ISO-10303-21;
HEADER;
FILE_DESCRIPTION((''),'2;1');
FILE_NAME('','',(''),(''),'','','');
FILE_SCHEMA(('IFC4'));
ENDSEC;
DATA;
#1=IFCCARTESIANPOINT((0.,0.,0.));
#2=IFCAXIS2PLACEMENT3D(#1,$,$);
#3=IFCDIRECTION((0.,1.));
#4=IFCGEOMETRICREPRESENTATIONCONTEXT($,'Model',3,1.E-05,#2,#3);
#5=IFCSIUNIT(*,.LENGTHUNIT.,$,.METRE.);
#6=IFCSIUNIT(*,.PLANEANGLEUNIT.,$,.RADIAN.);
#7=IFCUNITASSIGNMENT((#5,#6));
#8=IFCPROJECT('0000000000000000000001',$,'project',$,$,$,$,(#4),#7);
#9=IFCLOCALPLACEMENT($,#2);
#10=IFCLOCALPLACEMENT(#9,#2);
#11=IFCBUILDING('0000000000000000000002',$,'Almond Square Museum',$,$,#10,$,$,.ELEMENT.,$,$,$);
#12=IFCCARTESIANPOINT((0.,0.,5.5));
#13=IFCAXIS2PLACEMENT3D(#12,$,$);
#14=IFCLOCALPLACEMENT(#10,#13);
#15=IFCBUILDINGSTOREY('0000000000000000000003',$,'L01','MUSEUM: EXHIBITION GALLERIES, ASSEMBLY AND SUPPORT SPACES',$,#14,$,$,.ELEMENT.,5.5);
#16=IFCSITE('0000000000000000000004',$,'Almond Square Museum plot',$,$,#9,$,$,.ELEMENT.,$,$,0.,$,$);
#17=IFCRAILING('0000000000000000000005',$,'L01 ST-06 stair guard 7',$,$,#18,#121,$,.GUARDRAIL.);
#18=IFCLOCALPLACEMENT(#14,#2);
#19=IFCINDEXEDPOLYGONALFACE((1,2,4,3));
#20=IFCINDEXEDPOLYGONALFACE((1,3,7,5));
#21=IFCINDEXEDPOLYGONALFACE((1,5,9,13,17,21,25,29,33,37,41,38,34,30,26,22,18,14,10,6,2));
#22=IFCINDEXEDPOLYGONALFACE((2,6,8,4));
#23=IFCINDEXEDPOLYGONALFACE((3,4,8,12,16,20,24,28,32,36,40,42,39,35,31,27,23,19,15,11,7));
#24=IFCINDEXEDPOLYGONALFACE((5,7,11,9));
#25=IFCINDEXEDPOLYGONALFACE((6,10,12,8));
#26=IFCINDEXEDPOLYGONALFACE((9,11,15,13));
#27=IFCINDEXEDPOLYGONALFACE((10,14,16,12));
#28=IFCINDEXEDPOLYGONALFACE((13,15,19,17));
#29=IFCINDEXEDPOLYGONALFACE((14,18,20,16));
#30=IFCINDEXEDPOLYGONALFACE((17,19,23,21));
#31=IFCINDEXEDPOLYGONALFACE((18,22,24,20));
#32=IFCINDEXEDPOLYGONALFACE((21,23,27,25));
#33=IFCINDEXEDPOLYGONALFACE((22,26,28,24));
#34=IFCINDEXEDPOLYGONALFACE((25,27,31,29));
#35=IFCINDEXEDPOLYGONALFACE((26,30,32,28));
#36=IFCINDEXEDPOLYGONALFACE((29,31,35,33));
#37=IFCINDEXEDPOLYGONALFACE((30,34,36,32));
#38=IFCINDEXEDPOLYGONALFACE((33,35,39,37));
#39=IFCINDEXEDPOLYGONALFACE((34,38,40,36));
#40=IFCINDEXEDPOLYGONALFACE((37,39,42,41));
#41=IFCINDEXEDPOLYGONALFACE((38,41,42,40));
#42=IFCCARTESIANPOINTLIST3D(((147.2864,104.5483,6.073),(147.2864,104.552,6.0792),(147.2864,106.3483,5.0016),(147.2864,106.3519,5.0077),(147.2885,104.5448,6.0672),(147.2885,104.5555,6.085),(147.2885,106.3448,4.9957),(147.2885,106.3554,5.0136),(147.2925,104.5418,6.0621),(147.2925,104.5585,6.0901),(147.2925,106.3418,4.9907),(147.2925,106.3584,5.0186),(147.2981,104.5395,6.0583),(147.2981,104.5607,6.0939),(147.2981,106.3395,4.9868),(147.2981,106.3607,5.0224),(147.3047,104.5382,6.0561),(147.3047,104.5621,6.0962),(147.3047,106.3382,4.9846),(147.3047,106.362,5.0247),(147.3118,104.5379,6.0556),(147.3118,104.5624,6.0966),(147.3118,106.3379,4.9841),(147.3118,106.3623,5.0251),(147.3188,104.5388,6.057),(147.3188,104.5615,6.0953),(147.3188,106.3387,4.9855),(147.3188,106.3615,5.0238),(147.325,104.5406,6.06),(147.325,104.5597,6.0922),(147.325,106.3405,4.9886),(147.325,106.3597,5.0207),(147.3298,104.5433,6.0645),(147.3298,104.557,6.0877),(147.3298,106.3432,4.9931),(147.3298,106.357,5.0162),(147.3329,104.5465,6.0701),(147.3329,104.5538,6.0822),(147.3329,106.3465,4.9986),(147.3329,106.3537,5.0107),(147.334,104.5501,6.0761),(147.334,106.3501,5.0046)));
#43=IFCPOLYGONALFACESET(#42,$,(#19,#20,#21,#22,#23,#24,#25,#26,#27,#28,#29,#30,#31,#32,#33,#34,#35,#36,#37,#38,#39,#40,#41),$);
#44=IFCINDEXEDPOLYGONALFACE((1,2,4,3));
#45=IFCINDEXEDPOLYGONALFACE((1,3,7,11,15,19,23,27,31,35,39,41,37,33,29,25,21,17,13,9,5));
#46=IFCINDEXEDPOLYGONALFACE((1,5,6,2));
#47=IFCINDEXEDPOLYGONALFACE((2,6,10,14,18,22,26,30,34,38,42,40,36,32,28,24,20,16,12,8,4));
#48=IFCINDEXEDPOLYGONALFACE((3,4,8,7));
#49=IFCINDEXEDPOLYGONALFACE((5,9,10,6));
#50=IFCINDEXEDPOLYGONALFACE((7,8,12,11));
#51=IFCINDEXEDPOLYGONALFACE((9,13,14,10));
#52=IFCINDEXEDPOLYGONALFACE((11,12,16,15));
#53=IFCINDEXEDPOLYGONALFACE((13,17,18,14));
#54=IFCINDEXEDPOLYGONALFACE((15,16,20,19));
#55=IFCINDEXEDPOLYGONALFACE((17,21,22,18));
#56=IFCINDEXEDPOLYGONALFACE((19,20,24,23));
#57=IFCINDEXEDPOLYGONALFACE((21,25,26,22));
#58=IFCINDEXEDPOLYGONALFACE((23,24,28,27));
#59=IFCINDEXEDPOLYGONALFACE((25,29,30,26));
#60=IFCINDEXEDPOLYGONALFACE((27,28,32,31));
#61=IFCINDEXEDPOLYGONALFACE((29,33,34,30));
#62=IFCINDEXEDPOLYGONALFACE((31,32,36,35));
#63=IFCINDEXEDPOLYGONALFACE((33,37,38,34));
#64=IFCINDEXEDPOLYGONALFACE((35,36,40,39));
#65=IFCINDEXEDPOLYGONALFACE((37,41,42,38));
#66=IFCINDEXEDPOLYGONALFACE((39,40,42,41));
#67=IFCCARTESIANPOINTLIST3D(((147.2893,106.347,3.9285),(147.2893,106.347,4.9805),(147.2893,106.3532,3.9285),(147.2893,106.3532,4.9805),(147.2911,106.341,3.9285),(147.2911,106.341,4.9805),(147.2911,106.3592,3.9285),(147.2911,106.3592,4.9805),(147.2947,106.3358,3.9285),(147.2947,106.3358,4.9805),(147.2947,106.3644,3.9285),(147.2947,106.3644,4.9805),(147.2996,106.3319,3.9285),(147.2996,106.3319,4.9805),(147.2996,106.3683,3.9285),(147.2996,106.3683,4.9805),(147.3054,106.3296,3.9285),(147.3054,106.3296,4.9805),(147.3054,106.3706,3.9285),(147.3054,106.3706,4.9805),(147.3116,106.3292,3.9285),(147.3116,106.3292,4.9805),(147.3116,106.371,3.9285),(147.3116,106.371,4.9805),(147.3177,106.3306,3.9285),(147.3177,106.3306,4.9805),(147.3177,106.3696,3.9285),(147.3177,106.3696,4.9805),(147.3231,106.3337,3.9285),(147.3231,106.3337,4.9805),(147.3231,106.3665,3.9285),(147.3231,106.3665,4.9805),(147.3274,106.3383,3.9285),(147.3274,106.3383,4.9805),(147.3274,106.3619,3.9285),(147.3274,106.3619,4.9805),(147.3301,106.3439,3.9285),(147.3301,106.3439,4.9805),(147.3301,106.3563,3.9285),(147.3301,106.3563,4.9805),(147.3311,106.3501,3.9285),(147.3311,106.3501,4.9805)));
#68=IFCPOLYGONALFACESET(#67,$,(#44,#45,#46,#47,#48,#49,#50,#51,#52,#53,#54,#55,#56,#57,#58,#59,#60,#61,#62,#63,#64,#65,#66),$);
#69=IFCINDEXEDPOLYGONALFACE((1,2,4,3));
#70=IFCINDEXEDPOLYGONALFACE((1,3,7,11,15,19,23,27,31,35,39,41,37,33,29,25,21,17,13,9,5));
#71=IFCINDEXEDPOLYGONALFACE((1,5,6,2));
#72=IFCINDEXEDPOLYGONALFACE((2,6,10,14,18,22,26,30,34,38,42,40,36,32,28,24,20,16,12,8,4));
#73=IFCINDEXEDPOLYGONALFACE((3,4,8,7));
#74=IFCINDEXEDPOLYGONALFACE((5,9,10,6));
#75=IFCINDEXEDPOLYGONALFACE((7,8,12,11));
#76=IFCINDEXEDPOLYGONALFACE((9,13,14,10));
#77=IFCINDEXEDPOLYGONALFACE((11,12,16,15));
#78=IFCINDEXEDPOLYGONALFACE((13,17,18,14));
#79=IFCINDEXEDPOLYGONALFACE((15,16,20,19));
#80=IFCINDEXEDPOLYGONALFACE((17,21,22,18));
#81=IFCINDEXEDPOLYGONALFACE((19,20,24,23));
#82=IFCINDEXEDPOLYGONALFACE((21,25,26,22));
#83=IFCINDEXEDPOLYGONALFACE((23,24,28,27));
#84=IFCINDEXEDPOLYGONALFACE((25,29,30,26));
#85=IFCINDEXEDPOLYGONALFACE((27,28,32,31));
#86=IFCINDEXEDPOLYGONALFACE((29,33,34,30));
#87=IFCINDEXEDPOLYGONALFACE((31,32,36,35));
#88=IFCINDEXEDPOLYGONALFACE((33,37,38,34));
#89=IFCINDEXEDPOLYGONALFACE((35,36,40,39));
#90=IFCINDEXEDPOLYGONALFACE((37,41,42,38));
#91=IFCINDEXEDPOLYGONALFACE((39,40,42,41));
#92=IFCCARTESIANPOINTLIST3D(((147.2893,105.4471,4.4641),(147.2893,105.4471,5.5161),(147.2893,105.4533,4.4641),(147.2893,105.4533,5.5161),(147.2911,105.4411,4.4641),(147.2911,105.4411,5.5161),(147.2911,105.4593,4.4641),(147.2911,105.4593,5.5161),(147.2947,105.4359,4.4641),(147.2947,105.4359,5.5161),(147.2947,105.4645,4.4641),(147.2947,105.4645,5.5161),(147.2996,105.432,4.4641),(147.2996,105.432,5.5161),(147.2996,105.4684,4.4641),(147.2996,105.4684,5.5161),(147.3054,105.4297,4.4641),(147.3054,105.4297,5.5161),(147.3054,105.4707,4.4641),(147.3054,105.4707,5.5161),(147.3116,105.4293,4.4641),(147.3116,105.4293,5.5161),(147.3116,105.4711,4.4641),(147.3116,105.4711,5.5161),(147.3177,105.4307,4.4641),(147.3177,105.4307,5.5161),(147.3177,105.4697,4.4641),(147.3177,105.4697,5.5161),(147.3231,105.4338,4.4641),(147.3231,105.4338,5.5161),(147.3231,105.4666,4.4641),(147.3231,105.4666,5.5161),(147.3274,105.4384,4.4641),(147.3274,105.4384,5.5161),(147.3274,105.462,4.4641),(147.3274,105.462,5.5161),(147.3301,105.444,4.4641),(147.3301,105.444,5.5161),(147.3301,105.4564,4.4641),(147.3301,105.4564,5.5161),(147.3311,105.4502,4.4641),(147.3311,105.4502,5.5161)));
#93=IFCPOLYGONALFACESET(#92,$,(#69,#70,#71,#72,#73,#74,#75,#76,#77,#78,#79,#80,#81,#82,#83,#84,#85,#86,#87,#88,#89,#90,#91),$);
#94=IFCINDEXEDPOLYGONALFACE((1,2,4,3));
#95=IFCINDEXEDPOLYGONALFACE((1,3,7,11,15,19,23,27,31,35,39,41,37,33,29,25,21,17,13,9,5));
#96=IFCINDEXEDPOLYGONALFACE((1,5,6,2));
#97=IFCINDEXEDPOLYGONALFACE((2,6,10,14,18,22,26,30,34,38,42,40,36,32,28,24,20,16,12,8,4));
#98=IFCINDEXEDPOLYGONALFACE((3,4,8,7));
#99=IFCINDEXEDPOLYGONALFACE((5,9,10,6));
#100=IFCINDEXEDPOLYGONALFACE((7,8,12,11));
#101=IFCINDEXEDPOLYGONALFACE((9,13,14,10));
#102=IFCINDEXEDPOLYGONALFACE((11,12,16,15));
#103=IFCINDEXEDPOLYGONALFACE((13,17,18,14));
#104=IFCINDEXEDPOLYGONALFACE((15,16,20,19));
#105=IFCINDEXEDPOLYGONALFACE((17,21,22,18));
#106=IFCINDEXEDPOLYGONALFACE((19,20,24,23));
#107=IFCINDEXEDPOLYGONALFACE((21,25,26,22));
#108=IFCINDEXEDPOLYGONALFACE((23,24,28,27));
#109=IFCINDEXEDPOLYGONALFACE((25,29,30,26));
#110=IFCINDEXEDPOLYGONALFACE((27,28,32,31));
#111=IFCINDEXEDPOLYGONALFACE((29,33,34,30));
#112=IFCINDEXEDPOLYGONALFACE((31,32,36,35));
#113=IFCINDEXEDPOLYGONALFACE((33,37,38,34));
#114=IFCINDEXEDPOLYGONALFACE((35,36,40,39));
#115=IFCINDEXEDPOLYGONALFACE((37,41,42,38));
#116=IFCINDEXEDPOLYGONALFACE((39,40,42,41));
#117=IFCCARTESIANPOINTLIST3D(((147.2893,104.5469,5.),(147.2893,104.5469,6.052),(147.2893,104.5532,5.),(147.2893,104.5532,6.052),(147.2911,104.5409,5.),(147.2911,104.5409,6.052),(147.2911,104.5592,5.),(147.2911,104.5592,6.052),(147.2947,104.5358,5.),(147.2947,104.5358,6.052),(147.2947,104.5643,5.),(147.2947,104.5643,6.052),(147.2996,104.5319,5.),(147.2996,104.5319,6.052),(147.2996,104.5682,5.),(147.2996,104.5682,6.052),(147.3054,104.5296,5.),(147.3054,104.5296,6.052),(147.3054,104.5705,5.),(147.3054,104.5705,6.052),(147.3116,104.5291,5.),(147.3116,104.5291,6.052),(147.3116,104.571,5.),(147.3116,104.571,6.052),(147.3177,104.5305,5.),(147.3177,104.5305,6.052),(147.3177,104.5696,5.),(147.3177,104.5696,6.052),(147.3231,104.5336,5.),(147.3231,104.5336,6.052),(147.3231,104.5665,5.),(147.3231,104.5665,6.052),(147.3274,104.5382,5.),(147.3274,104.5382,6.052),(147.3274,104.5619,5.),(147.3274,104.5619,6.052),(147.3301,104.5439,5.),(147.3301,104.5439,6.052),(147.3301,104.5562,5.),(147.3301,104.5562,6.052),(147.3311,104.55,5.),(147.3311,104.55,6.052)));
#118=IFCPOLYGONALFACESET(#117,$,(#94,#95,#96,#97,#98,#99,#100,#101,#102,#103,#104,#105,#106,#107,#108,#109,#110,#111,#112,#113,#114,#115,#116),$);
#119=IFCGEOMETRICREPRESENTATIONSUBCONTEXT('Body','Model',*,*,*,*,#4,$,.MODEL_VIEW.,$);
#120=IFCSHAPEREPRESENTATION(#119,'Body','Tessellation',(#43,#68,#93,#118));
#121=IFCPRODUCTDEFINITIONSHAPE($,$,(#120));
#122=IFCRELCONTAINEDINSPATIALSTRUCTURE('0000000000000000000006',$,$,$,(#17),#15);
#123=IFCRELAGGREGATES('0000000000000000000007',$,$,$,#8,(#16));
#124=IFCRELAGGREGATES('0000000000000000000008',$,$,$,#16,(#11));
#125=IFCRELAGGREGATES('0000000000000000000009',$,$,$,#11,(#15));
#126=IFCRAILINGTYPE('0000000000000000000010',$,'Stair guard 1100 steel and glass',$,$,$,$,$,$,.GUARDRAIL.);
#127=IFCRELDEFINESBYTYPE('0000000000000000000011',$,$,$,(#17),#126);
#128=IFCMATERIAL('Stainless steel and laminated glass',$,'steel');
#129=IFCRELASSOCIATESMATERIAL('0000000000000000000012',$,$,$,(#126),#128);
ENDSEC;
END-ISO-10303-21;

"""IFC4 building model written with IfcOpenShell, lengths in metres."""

from ifc_helpers import new_model, si_unit, direction, frame, origin, origin_2d, place, context, subcontext, project, spatial, circle, extrude, material, type_object, element, save


model = new_model("IFC4")

# Units and contexts
model_context = context("Model", 3, precision=1e-05, world=origin(), true_north=direction((0.0, 1.0)))
body_context = subcontext(model_context, "Body", "Model", "MODEL_VIEW")
ifc_project = project(units=[si_unit("LENGTHUNIT", "METRE"), si_unit("PLANEANGLEUNIT", "RADIAN")], contexts=[model_context])

# Site, building, storey
site_placement = place(None, origin())
site = spatial("IfcSite", under=ifc_project, at=site_placement, Name="Almond Square Museum plot", CompositionType="ELEMENT", RefElevation=0.0)
building_placement = place(site_placement, origin())
building = spatial("IfcBuilding", under=site, at=building_placement, Name="Almond Square Museum", CompositionType="ELEMENT")
storey_placement = place(building_placement, frame((0.0, 0.0, 5.5)))
storey = spatial("IfcBuildingStorey", under=building, at=storey_placement, Name="L01", Description="MUSEUM: EXHIBITION GALLERIES, ASSEMBLY AND SUPPORT SPACES", CompositionType="ELEMENT", Elevation=5.5)

# Railing
ifc_material_1 = material(Name="Stainless steel and laminated glass", Category="steel")
railing_type_1 = type_object("IfcRailingType", Name="Stair guard 1100 steel and glass", PredefinedType="GUARDRAIL", material=ifc_material_1)
railing_1_placement = place(storey_placement, frame((147.3101, 106.3501, 3.9285)))
element("IfcRailing", 1, at=railing_1_placement, inside=storey, type_object=railing_type_1, Name="L01 ST-06 stair guard 7", PredefinedType="GUARDRAIL", context=body_context, shape_type="SweptSolid", body=[
    extrude(circle(Radius=0.0239, at=origin_2d()), frame((0.0, 0.0, 1.0762), z_axis=(0.0, -0.859277, 0.51151), x_axis=(1.0, 0.0, 0.0)), (0.0, 0.0, 1.0), 2.0947),
    extrude(circle(Radius=0.021, at=origin_2d()), origin(), (0.0, 0.0, 1.0), 1.052),
    extrude(circle(Radius=0.021, at=origin_2d()), frame((0.0, -0.8999, 0.5356)), (0.0, 0.0, 1.0), 1.052),
    extrude(circle(Radius=0.021, at=origin_2d()), frame((0.0, -1.8, 1.0715)), (0.0, 0.0, 1.0), 1.052),
])

save(model, "model.ifc")
